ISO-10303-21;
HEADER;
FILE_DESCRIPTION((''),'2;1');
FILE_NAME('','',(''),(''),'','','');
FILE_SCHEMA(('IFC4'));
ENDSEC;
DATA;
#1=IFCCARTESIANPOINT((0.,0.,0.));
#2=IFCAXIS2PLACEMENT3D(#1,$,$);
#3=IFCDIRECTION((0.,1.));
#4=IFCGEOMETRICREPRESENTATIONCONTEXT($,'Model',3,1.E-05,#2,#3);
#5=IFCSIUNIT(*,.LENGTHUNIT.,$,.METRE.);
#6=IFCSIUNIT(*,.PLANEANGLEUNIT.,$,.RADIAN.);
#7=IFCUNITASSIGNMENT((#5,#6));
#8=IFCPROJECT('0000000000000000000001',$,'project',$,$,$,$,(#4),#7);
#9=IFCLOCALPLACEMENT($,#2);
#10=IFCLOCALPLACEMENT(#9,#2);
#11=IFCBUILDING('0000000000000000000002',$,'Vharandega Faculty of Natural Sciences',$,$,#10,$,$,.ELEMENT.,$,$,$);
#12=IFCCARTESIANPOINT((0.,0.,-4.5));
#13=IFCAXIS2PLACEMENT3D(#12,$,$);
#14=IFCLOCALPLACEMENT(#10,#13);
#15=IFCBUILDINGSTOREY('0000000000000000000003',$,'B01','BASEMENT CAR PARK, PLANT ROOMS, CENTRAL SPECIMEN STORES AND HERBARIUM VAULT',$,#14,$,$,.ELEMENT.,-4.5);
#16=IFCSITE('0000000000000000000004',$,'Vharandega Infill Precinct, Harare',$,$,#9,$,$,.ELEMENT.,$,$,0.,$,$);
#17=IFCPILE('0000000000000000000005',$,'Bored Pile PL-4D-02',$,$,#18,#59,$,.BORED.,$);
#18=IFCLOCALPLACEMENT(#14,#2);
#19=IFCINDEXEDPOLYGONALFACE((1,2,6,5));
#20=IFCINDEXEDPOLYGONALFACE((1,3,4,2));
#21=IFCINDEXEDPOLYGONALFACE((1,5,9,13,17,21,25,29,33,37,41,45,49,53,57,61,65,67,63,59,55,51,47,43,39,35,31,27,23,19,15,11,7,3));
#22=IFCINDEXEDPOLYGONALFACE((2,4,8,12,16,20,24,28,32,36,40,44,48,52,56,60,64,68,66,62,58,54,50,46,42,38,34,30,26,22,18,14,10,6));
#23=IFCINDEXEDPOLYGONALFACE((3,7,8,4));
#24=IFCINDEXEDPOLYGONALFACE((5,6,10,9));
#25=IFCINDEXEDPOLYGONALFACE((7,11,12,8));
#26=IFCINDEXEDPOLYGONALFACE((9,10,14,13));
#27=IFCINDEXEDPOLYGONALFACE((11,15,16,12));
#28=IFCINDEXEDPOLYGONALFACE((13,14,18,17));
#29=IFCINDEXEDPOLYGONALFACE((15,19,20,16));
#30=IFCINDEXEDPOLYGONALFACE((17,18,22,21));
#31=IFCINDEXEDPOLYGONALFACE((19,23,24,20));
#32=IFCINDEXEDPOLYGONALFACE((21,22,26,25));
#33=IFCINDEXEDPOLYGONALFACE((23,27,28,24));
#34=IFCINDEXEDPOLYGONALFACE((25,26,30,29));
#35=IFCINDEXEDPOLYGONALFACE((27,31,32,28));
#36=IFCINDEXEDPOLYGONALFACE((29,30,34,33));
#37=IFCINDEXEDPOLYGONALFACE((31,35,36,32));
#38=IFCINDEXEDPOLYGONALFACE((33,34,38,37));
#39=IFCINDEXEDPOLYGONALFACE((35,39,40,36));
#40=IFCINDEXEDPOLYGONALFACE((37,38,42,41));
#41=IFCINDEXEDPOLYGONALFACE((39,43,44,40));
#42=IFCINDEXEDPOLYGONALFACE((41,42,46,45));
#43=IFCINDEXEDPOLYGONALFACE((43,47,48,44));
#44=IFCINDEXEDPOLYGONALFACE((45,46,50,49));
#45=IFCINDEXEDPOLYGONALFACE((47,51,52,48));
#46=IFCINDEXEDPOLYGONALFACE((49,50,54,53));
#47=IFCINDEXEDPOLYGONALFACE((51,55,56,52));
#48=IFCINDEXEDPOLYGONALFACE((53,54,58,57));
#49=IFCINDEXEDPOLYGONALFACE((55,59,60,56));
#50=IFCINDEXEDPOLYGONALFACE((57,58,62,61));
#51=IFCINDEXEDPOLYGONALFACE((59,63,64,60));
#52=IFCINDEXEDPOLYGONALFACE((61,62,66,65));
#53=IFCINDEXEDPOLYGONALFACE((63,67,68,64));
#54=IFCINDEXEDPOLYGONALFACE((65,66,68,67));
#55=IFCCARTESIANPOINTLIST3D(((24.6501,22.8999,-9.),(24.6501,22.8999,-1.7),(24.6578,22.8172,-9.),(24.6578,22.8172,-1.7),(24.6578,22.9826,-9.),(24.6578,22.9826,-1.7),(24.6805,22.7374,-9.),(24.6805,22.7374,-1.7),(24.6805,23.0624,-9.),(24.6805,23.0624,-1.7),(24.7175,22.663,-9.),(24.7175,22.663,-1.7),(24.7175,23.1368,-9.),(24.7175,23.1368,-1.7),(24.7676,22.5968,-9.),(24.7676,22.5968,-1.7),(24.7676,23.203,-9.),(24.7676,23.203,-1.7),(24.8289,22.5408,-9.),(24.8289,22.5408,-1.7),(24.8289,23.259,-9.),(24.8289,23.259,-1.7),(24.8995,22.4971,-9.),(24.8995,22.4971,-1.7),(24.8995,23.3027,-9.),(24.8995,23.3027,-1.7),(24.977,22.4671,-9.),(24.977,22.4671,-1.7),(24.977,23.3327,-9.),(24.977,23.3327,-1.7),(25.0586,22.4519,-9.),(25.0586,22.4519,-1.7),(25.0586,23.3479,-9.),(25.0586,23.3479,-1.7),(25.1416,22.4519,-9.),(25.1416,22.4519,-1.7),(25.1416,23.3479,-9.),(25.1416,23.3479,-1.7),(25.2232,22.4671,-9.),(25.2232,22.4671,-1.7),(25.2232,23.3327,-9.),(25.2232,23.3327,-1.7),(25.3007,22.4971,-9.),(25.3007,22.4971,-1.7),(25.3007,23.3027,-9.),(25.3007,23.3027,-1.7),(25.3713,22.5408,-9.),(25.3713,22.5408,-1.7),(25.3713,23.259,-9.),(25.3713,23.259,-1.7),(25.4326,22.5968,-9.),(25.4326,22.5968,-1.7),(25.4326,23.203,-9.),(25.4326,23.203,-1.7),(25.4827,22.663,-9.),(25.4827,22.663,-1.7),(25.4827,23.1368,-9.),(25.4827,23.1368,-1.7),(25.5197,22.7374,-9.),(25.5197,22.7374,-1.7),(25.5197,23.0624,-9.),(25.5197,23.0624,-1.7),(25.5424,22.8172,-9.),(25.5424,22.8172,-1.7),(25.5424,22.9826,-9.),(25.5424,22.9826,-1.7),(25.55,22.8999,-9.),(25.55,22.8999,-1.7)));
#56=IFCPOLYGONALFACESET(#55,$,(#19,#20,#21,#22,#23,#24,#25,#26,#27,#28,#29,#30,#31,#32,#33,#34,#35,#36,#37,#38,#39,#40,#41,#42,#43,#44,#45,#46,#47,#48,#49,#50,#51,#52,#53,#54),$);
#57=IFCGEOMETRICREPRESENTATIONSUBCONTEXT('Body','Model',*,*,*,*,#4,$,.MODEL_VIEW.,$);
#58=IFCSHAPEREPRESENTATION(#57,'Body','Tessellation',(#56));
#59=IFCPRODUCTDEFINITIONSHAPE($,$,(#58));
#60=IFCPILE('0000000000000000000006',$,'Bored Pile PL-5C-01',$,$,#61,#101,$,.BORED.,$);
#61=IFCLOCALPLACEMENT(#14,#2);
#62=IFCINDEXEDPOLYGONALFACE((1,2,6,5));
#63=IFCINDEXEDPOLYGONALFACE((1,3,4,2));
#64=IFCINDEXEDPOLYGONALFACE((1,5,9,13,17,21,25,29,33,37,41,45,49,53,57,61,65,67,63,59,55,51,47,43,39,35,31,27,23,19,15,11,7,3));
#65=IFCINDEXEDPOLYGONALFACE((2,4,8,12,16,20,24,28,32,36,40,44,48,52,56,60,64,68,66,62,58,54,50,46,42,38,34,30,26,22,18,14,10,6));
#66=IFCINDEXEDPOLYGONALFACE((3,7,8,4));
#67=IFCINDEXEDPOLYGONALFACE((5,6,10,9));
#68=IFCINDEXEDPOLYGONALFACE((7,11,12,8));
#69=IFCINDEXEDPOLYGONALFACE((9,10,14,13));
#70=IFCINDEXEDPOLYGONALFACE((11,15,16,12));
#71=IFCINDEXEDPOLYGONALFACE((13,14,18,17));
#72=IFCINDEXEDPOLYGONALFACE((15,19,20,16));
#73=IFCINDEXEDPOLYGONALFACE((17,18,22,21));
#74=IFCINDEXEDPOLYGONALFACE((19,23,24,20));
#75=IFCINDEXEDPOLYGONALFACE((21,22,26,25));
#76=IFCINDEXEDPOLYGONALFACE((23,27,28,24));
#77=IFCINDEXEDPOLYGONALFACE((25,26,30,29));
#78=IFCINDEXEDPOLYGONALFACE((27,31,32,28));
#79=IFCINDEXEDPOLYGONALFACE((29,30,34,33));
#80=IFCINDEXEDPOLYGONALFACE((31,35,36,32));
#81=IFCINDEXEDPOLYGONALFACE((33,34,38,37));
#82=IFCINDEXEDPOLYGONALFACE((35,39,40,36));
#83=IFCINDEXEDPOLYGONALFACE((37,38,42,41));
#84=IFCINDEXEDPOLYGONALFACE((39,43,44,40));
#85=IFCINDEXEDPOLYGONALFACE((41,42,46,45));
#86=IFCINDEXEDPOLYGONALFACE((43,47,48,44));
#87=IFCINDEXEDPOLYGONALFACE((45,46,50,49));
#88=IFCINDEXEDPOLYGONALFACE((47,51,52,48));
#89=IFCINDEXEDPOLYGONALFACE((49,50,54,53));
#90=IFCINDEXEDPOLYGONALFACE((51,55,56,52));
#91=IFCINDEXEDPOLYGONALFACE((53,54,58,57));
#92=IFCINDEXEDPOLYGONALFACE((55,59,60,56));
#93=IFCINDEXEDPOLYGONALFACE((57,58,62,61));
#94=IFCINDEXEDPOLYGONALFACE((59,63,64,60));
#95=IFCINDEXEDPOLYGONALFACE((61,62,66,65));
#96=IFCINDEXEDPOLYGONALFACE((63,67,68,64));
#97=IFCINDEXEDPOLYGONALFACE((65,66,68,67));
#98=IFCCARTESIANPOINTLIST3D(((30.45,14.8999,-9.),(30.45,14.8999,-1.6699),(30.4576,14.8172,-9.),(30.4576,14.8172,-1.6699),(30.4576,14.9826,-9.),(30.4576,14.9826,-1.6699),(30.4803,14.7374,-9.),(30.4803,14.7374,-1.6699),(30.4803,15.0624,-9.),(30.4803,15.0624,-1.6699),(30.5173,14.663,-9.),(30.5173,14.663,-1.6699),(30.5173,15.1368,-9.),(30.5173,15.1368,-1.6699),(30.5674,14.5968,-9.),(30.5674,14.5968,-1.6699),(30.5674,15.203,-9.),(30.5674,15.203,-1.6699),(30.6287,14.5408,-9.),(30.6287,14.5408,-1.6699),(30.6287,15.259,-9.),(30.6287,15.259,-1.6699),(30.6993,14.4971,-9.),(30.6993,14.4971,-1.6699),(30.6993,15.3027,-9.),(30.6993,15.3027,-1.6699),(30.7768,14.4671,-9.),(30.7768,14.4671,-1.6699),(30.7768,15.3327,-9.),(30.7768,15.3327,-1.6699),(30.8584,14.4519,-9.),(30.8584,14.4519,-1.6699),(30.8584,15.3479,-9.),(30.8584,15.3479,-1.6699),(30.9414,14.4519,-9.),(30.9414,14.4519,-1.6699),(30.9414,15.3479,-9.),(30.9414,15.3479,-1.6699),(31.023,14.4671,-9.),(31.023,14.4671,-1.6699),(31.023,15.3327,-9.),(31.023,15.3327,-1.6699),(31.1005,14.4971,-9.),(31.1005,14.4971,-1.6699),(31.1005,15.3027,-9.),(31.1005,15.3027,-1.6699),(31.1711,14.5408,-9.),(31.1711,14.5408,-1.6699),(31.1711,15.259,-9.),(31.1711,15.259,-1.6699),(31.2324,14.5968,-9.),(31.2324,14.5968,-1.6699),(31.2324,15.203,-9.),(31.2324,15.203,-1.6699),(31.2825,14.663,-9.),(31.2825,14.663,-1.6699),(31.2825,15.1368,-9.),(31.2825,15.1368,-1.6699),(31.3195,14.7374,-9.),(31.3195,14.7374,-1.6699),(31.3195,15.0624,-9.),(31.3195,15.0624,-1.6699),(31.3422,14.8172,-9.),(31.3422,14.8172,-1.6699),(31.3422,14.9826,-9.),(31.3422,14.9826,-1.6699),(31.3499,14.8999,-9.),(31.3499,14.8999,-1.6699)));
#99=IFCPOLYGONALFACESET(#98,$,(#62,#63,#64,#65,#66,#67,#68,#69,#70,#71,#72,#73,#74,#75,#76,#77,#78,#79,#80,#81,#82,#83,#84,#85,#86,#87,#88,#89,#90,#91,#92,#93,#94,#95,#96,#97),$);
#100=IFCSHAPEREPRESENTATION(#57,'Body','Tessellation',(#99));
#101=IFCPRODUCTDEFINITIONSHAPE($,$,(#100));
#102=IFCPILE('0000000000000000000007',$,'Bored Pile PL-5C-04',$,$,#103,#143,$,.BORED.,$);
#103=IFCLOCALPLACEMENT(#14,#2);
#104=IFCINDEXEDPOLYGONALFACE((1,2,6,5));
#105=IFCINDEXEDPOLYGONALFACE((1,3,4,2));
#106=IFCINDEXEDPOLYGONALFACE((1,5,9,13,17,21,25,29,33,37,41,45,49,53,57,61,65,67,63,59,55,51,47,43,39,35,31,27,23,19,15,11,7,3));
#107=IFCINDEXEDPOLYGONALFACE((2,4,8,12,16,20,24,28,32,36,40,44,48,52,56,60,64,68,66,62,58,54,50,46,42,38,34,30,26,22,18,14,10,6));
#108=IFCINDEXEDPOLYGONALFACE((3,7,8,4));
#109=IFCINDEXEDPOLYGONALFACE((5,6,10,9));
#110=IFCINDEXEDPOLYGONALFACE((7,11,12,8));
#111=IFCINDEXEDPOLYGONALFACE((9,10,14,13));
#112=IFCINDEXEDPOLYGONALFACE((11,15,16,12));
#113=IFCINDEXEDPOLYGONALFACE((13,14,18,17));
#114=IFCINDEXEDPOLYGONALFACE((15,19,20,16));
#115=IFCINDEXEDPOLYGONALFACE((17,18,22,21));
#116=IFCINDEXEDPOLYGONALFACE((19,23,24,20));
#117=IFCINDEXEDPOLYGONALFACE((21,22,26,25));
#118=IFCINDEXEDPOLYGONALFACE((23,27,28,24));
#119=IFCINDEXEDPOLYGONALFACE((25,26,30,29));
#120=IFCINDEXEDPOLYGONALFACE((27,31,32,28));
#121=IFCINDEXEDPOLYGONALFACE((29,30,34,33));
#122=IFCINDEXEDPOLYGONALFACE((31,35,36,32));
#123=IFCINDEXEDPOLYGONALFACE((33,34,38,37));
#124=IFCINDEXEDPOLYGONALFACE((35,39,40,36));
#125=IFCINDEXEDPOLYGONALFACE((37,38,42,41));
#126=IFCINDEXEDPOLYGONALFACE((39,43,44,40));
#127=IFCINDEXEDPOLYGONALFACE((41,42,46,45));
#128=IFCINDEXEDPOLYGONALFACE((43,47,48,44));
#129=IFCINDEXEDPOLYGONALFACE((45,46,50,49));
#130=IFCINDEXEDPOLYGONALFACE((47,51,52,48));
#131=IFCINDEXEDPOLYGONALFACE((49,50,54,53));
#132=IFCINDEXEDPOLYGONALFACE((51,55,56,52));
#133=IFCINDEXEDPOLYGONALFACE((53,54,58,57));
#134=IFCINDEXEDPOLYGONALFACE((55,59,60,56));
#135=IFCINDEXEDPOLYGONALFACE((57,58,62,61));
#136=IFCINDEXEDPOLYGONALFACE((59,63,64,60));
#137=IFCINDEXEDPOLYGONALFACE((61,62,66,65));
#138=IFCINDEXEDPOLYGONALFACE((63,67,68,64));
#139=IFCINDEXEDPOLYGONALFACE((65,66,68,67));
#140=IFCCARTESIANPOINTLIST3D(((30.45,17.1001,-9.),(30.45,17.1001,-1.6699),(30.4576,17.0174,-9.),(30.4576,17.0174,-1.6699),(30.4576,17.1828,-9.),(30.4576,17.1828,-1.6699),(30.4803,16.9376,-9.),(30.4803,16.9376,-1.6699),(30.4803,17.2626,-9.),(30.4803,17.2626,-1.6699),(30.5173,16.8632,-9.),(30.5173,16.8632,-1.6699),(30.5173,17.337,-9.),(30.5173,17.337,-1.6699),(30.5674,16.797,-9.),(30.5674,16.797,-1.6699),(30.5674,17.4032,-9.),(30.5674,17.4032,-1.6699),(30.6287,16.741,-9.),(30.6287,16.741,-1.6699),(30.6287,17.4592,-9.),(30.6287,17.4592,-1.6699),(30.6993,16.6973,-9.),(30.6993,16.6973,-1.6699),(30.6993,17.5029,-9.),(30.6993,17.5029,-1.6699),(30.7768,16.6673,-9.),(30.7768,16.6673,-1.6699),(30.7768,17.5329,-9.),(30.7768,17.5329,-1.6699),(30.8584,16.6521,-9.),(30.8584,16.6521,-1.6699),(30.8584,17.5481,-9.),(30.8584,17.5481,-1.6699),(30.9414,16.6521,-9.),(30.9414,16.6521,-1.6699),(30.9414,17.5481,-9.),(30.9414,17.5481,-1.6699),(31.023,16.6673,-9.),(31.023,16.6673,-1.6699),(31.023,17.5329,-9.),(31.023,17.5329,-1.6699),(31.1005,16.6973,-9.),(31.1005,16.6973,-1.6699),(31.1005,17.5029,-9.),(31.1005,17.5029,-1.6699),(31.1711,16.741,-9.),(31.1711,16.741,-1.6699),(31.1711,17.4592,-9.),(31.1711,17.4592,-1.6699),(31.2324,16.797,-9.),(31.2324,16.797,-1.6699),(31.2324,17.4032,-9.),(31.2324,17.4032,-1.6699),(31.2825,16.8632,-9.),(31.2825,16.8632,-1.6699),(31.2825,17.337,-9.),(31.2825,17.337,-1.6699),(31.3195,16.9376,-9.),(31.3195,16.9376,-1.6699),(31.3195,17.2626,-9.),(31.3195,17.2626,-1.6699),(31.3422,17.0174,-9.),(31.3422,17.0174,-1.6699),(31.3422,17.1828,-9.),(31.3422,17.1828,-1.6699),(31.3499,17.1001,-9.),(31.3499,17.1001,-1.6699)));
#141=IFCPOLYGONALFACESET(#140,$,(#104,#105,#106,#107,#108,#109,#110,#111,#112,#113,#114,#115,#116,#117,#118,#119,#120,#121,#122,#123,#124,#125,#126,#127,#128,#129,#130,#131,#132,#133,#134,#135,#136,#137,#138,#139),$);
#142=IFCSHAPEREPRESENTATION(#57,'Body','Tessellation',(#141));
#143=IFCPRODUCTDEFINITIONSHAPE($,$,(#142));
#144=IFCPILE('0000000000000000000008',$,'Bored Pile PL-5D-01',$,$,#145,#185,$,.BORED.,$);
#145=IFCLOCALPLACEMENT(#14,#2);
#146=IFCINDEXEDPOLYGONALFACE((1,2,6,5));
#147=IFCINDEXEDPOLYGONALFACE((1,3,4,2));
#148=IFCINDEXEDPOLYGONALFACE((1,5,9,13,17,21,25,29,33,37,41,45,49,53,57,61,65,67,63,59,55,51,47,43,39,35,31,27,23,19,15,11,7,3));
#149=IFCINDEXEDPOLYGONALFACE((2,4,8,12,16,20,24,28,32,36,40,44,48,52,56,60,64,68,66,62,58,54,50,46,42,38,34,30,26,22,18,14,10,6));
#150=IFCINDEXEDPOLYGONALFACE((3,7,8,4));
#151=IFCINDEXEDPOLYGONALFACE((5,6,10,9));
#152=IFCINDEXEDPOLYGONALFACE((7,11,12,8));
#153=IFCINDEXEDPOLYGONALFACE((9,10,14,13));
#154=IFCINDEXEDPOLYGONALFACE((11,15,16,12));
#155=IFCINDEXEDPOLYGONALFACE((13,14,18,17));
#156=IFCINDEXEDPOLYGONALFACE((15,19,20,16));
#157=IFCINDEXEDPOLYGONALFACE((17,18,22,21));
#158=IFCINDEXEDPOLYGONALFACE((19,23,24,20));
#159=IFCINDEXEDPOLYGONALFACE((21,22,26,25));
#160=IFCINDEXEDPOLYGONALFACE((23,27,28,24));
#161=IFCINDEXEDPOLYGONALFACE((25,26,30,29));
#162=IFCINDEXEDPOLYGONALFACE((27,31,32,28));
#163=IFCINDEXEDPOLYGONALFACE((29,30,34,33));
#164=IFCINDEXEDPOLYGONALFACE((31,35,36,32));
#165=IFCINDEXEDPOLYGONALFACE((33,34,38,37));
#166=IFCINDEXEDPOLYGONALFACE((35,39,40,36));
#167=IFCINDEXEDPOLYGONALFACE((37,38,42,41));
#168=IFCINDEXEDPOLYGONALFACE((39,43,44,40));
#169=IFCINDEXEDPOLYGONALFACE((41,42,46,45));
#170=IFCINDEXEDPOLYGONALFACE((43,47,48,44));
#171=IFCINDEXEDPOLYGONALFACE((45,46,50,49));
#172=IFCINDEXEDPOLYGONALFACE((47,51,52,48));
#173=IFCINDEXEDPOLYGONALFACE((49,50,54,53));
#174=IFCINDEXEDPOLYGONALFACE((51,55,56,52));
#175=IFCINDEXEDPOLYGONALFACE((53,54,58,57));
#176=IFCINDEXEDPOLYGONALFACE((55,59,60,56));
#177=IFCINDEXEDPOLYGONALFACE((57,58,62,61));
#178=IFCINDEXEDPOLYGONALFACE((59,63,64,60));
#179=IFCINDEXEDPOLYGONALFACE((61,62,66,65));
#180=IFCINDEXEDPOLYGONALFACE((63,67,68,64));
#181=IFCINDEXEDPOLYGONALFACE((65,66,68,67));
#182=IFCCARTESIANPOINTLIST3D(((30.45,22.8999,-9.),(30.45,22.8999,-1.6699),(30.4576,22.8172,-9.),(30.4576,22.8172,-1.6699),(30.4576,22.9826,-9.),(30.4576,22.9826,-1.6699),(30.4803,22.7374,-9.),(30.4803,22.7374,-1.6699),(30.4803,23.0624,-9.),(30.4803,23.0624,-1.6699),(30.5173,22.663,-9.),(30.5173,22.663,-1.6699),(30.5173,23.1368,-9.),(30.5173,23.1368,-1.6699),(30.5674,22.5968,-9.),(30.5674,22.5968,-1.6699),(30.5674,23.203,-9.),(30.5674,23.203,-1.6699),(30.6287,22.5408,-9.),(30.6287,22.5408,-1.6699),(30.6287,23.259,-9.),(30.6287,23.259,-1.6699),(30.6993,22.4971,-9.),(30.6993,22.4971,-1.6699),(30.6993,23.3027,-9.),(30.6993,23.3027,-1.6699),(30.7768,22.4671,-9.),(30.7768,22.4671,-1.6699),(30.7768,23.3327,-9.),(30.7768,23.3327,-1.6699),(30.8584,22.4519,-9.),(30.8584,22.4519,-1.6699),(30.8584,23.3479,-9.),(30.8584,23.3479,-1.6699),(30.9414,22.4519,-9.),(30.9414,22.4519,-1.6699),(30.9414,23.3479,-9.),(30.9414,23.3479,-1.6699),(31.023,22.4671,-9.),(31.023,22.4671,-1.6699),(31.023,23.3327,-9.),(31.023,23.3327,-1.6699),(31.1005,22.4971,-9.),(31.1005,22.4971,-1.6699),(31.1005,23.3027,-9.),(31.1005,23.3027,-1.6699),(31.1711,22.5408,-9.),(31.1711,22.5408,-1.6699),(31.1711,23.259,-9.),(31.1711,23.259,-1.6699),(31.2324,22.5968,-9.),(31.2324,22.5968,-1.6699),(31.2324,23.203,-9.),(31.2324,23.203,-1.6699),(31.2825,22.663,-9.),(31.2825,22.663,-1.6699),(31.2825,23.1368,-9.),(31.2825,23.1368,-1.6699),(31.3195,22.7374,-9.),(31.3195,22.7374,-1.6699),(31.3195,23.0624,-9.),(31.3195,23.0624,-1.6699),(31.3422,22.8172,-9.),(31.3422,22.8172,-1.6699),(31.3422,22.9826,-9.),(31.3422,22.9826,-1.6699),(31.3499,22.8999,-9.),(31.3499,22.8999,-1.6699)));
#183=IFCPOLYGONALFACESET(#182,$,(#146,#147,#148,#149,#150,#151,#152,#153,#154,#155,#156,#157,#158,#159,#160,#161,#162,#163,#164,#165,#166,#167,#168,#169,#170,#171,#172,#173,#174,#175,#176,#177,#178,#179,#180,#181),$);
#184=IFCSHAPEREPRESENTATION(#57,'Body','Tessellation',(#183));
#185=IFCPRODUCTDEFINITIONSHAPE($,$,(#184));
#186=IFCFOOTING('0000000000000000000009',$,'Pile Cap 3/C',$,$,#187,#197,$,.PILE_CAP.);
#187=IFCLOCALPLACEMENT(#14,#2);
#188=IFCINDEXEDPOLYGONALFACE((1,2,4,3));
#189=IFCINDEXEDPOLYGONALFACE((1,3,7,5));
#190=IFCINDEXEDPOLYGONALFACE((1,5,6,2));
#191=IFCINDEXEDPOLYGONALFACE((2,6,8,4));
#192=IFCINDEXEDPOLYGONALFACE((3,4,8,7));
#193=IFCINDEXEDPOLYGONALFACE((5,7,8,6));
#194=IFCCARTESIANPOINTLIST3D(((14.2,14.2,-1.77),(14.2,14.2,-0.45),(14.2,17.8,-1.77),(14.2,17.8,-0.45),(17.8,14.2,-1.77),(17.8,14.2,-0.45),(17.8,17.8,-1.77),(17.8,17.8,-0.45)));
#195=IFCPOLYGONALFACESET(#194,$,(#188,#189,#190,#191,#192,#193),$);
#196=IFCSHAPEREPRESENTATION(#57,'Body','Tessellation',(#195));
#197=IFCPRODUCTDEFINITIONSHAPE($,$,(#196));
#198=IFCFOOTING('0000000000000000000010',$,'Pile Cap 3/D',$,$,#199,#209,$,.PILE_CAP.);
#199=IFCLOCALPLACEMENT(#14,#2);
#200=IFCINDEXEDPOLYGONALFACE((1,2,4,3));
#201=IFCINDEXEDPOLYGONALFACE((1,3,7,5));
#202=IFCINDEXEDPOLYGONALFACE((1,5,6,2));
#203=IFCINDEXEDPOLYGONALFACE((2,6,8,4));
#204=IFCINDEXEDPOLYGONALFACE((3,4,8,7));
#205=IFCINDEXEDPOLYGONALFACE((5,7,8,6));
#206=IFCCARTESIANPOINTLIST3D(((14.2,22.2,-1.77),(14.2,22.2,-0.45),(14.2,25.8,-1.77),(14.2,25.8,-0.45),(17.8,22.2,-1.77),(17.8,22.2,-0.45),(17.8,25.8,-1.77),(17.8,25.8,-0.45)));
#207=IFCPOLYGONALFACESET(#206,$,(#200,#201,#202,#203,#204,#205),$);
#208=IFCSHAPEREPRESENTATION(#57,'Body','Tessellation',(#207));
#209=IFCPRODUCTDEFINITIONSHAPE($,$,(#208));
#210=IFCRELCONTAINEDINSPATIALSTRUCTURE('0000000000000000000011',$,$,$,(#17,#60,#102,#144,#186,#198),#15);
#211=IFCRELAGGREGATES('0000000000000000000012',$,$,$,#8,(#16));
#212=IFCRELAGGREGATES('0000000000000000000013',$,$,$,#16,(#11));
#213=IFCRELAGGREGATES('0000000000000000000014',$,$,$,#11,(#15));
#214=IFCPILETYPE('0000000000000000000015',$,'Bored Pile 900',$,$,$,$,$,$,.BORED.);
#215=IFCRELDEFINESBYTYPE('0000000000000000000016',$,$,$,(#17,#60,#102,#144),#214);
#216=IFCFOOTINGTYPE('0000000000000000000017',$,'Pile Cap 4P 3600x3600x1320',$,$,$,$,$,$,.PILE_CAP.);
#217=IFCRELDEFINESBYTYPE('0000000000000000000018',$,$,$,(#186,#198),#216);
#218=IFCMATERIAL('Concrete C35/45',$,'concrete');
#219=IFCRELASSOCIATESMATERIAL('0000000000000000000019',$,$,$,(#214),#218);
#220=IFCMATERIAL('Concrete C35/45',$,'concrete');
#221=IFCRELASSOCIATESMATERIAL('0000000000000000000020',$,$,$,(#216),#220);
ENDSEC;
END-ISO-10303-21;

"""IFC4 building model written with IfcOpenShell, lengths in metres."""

from ifc_helpers import new_model, si_unit, direction, frame, origin, origin_2d, place, context, subcontext, project, spatial, rectangle, circle, extrude, material, material_profile, profile_set, type_object, element, save


model = new_model("IFC4")

# Units and contexts
model_context = context("Model", 3, precision=1e-05, world=origin(), true_north=direction((0.0, 1.0)))
body_context = subcontext(model_context, "Body", "Model", "MODEL_VIEW")
ifc_project = project(units=[si_unit("LENGTHUNIT", "METRE"), si_unit("PLANEANGLEUNIT", "RADIAN")], contexts=[model_context])

# Site, building, storey
site_placement = place(None, origin())
site = spatial("IfcSite", under=ifc_project, at=site_placement, Name="Vharandega Infill Precinct, Harare", CompositionType="ELEMENT", RefElevation=0.0)
building_placement = place(site_placement, origin())
building = spatial("IfcBuilding", under=site, at=building_placement, Name="Vharandega Faculty of Natural Sciences", CompositionType="ELEMENT")
storey_placement = place(building_placement, frame((0.0, 0.0, -4.5)))
storey = spatial("IfcBuildingStorey", under=building, at=storey_placement, Name="B01", Description="BASEMENT CAR PARK, PLANT ROOMS, CENTRAL SPECIMEN STORES AND HERBARIUM VAULT", CompositionType="ELEMENT", Elevation=-4.5)

# Piles
ifc_material_1 = material(Name="Concrete C35/45", Category="concrete")
ifc_material_profile_1 = material_profile(ifc_material_1, circle(Radius=0.45, at=origin_2d()), Name="PILE 900")
ifc_profile_set_1 = profile_set([ifc_material_profile_1], Name="Concrete C35/45")
pile_type = type_object("IfcPileType", Name="Bored Pile 900", PredefinedType="BORED", material=ifc_profile_set_1)
for number, where, z_axis, x_axis, name in (
    (1, (25.1001, 22.8999, -1.7), (0.0, 0.0, -1.0), (1.0, 0.0, 0.0), "Bored Pile PL-4D-02"),
):
    element("IfcPile", number, at=place(storey_placement, frame(where, z_axis=z_axis, x_axis=x_axis)), inside=storey, type_object=pile_type, Name=name, PredefinedType="BORED", context=body_context, shape_type="SweptSolid", body=[
        extrude(circle(Radius=0.45, at=origin_2d()), origin(), (0.0, 0.0, 1.0), 7.3),
    ])
for number, where, z_axis, x_axis, name in (
    (2, (30.8999, 14.8999, -1.6699), (0.0, 0.0, -1.0), (1.0, 0.0, 0.0), "Bored Pile PL-5C-01"),
    (3, (30.8999, 17.1001, -1.6699), (0.0, 0.0, -1.0), (1.0, 0.0, 0.0), "Bored Pile PL-5C-04"),
    (4, (30.8999, 22.8999, -1.6699), (0.0, 0.0, -1.0), (1.0, 0.0, 0.0), "Bored Pile PL-5D-01"),
):
    element("IfcPile", number, at=place(storey_placement, frame(where, z_axis=z_axis, x_axis=x_axis)), inside=storey, type_object=pile_type, Name=name, PredefinedType="BORED", context=body_context, shape_type="SweptSolid", body=[
        extrude(circle(Radius=0.45, at=origin_2d()), origin(), (0.0, 0.0, 1.0), 7.3301),
    ])

# Footings
ifc_material_2 = material(Name="Concrete C35/45", Category="concrete")
footing_type_1 = type_object("IfcFootingType", Name="Pile Cap 4P 3600x3600x1320", PredefinedType="PILE_CAP", material=ifc_material_2)
for number, where, z_axis, x_axis, name in (
    (5, (16.0, 16.0, -1.77), (0.0, 0.0, 1.0), (1.0, 0.0, 0.0), "Pile Cap 3/C"),
    (6, (16.0, 24.0, -1.77), (0.0, 0.0, 1.0), (1.0, 0.0, 0.0), "Pile Cap 3/D"),
):
    element("IfcFooting", number, at=place(storey_placement, frame(where, z_axis=z_axis, x_axis=x_axis)), inside=storey, type_object=footing_type_1, Name=name, PredefinedType="PILE_CAP", context=body_context, shape_type="SweptSolid", body=[
        extrude(rectangle(XDim=3.6001, YDim=3.6001, at=origin_2d()), origin(), (0.0, 0.0, 1.0), 1.3201),
    ])

save(model, "model.ifc")
